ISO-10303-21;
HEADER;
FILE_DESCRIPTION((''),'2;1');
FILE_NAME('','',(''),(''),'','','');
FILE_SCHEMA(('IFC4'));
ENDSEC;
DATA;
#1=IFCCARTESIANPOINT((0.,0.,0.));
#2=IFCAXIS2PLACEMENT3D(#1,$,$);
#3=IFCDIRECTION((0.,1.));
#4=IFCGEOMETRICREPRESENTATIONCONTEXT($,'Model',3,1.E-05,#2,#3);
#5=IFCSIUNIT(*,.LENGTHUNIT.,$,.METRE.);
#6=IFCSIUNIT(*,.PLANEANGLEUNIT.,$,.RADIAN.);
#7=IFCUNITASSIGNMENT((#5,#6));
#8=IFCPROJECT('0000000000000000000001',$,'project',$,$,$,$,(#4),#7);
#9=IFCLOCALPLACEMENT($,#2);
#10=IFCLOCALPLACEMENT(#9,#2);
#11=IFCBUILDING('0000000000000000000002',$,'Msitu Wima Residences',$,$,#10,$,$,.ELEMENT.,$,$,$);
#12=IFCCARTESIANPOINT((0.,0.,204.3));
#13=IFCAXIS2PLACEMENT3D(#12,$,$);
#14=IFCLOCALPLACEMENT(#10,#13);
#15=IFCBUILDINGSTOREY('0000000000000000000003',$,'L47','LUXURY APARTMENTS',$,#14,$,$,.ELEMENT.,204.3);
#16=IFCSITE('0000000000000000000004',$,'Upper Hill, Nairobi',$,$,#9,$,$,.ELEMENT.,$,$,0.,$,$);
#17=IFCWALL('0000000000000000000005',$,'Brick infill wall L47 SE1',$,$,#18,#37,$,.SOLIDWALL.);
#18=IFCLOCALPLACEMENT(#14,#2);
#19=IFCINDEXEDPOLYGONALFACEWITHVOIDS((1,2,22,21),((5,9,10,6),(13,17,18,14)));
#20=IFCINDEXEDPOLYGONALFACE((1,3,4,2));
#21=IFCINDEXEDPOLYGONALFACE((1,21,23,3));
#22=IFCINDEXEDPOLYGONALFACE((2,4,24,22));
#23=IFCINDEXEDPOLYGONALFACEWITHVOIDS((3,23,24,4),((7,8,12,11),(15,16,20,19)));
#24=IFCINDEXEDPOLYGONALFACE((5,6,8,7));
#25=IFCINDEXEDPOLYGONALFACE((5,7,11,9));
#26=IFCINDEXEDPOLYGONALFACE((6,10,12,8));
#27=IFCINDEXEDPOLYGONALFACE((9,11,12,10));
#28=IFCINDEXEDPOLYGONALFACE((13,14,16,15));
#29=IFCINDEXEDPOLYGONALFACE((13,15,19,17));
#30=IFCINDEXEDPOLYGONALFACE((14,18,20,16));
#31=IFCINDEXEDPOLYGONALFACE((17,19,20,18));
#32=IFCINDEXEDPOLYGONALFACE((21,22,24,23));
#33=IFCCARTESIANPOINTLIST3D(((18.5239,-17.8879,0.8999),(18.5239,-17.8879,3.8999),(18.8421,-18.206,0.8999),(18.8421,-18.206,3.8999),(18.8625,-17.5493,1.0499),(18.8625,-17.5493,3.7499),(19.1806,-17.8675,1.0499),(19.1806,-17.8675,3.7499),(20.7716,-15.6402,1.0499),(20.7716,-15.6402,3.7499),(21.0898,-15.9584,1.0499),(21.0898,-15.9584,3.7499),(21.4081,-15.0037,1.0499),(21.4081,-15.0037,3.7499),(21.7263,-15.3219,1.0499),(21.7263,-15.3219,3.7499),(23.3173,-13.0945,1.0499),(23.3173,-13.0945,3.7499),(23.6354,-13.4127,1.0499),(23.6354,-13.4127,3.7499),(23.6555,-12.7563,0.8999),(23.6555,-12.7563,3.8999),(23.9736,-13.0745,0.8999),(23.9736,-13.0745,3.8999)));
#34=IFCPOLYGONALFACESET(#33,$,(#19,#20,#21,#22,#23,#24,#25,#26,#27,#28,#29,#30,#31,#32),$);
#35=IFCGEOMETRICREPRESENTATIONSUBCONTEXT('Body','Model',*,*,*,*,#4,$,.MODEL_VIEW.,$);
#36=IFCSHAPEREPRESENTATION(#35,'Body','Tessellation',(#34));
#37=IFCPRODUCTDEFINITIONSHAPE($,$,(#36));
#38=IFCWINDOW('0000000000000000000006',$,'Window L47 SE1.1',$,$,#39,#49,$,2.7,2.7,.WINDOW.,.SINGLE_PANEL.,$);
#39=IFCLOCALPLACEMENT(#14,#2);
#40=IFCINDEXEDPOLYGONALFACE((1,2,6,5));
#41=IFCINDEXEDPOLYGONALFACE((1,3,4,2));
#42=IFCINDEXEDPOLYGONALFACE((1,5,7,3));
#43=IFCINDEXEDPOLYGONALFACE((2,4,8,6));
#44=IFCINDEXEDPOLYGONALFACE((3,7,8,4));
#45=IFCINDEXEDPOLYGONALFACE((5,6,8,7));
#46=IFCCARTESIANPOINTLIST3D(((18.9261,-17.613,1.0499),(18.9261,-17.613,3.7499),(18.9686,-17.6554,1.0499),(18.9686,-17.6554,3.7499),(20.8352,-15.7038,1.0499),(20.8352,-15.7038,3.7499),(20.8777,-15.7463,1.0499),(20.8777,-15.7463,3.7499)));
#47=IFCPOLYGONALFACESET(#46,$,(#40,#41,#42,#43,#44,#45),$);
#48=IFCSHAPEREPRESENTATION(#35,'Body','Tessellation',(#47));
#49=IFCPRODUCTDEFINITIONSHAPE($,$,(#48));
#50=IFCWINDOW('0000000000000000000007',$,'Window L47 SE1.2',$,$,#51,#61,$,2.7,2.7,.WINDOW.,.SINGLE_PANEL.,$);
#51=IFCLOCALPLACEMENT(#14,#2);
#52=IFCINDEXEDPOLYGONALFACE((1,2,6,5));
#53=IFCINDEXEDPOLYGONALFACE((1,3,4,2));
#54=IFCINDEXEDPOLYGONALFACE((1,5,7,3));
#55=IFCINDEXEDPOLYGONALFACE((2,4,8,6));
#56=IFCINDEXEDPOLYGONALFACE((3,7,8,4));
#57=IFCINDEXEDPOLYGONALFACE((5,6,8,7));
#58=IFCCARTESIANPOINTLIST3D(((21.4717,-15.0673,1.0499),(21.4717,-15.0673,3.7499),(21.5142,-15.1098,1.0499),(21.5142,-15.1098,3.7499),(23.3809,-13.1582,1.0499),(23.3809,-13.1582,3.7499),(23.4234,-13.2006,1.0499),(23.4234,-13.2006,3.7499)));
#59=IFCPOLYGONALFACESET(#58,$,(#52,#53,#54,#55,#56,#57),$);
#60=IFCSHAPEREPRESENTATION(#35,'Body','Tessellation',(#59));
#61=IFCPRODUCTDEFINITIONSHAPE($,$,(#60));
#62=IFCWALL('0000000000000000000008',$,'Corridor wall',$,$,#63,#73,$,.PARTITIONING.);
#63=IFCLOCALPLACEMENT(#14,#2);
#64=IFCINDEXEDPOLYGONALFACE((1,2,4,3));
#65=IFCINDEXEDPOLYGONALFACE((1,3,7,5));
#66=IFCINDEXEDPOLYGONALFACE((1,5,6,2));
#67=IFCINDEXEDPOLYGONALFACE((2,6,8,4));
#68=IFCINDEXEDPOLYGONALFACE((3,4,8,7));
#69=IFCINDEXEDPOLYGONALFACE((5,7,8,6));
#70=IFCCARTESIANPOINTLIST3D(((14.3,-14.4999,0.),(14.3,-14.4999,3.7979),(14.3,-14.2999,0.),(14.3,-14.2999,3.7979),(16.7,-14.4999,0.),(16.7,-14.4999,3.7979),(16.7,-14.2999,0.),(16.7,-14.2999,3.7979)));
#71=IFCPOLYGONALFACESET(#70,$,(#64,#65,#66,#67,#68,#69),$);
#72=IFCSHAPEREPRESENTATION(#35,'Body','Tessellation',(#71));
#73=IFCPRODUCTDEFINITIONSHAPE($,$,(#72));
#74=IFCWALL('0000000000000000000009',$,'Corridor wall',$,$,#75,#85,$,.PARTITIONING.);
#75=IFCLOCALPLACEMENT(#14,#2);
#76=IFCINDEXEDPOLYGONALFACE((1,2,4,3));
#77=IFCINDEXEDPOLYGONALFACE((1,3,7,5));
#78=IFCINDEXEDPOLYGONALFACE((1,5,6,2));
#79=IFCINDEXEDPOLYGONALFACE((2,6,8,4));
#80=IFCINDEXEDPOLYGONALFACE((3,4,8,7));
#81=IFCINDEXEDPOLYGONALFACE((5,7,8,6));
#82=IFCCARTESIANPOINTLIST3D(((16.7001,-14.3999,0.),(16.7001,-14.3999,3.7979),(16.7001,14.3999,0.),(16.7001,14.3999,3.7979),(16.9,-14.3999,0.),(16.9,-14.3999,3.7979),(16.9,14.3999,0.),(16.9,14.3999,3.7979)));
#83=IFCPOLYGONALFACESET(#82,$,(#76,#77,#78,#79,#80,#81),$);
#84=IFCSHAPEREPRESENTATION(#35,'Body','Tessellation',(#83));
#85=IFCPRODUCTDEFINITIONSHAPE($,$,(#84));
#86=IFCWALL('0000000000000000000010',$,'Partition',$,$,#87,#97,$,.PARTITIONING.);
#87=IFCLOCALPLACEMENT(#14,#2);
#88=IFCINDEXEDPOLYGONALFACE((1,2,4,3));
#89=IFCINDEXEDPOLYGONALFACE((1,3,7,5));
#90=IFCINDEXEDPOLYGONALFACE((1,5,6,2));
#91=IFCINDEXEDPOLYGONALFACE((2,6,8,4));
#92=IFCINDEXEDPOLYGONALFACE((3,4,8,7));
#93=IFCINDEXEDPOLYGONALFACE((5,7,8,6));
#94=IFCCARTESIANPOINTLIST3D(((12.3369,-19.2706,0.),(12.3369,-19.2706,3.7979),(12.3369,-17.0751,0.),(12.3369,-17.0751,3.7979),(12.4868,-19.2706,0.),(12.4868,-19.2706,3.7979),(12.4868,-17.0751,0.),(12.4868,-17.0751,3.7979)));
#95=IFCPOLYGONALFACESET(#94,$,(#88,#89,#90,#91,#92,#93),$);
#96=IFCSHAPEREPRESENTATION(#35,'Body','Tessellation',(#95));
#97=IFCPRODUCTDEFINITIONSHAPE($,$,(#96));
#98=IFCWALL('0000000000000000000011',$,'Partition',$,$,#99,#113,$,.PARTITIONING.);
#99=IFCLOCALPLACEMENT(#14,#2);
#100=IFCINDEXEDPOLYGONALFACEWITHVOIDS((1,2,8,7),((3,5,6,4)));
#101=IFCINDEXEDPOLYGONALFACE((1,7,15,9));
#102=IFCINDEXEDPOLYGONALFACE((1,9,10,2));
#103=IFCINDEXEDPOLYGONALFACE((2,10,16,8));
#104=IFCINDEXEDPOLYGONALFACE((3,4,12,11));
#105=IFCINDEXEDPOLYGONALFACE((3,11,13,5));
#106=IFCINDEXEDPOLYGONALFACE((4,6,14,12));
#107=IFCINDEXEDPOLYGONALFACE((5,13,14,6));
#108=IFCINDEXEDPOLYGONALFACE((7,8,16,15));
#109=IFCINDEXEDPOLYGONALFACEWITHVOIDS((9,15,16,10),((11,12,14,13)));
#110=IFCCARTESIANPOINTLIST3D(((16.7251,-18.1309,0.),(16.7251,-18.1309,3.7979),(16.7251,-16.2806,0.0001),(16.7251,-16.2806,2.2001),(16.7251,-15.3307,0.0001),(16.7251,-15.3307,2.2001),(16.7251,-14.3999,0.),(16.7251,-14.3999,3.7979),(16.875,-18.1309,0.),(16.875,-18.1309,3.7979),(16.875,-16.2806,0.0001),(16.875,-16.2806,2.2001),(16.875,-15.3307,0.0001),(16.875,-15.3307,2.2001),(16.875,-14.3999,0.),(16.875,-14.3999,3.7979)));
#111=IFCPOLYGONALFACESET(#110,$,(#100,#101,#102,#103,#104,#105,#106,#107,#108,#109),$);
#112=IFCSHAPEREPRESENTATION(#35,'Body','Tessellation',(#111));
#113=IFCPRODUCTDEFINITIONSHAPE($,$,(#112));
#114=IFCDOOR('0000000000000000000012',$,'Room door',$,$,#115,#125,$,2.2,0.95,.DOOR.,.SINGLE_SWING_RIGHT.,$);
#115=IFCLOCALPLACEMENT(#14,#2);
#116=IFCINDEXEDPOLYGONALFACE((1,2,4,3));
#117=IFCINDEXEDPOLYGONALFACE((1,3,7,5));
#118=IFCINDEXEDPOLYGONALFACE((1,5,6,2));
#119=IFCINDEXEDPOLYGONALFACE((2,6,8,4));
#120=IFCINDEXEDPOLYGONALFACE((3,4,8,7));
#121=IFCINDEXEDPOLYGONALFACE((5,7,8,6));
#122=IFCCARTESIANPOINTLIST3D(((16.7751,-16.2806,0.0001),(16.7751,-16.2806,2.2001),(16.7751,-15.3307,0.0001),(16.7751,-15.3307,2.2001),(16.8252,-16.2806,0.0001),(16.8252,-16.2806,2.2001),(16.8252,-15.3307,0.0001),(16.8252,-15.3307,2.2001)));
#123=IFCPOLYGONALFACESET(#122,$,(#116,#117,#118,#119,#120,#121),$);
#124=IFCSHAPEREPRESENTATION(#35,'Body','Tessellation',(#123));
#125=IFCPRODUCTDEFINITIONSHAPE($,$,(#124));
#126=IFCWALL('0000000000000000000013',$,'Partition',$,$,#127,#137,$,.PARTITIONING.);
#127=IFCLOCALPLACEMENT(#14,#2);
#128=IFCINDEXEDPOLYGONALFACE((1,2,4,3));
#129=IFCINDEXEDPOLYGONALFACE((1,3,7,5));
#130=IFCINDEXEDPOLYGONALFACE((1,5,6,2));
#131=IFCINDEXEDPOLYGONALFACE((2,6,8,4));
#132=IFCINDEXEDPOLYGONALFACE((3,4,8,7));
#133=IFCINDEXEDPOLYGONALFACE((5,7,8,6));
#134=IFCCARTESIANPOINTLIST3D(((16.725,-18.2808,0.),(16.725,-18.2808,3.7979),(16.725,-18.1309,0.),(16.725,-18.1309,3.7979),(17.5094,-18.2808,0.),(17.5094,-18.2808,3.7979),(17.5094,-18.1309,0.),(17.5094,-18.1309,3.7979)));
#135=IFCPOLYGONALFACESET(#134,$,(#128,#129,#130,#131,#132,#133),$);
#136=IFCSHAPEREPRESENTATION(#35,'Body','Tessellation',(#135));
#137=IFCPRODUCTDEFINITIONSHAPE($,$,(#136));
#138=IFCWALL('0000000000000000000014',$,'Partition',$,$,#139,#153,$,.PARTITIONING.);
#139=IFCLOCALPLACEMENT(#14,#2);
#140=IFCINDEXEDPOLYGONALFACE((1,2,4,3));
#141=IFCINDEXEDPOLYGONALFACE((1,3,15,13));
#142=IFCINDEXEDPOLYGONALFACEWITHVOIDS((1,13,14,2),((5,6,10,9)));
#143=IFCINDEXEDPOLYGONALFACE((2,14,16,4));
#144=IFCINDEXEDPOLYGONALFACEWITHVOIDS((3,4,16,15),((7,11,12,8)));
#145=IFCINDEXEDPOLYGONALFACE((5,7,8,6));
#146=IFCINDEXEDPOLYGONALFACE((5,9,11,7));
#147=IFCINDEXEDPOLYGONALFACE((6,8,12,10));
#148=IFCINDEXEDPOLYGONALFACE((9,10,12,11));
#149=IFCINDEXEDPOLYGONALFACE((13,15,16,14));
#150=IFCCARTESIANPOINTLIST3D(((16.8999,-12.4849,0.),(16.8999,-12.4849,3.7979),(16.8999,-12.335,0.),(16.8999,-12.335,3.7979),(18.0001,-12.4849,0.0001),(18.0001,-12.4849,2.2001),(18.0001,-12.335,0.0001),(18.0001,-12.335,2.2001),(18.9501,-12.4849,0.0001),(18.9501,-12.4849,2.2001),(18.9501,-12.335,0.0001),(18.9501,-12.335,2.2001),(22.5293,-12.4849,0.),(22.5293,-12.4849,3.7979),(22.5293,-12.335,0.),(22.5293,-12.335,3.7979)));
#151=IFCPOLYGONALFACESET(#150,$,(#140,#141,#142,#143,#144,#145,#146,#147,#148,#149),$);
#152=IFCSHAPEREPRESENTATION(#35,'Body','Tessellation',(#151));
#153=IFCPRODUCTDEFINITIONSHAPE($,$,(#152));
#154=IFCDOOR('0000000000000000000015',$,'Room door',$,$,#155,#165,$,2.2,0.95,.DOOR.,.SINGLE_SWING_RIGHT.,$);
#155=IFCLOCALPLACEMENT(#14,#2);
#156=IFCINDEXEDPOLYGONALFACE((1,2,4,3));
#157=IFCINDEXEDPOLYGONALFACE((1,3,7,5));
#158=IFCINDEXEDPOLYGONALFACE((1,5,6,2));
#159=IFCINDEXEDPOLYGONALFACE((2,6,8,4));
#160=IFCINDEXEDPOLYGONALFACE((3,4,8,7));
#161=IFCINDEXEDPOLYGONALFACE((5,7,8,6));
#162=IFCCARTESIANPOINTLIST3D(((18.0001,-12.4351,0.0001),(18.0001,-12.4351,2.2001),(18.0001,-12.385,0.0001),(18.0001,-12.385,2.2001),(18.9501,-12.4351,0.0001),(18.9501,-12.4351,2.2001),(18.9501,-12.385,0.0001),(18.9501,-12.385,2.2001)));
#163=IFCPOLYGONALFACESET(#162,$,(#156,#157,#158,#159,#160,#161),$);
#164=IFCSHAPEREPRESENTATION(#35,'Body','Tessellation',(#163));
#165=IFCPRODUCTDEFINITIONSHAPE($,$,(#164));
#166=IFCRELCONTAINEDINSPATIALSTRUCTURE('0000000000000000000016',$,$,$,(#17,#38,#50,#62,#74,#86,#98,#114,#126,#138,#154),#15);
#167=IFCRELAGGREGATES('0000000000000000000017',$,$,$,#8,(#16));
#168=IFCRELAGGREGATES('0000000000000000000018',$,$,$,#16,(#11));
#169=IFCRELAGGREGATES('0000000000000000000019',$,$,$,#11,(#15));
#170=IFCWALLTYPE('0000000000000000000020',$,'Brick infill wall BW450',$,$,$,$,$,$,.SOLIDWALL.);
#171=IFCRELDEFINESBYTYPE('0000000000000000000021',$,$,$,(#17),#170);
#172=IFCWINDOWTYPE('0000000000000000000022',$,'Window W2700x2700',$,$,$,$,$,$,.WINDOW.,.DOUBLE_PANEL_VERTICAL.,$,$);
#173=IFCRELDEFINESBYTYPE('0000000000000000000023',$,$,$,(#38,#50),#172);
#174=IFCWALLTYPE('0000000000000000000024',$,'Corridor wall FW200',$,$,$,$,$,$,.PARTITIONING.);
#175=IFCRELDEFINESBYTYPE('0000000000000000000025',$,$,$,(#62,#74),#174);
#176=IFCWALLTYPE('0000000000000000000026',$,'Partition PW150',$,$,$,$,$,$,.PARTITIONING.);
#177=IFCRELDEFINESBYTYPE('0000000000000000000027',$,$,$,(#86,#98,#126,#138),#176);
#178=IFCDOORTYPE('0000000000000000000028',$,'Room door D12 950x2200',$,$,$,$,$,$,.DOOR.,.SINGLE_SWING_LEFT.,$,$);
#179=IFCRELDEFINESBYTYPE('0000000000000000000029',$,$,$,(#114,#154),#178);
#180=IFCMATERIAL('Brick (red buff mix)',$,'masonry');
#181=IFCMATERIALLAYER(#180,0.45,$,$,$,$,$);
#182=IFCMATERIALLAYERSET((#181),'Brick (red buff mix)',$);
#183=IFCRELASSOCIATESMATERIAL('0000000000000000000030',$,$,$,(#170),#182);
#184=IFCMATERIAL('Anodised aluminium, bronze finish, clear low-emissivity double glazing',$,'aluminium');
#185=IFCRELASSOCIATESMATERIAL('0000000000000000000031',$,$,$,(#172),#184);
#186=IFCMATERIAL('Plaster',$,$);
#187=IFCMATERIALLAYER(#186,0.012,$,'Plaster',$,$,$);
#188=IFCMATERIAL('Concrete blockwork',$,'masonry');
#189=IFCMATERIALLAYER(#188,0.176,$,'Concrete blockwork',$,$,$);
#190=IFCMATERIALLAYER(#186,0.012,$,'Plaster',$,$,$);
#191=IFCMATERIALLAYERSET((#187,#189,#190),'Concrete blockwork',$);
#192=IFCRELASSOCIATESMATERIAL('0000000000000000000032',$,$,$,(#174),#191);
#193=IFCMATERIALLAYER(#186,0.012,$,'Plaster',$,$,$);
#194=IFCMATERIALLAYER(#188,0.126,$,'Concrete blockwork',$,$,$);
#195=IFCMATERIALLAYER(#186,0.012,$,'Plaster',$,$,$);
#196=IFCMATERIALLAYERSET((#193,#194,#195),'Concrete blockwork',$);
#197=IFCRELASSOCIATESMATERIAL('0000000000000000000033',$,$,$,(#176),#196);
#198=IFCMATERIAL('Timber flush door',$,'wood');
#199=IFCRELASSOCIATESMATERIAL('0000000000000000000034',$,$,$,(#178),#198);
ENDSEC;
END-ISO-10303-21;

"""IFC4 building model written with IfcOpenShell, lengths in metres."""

from ifc_helpers import new_model, si_unit, direction, frame, frame_2d, origin, place, context, subcontext, project, spatial, rectangle, extrude, material, layer, layer_set, type_object, element, fill, save


model = new_model("IFC4")

# Units and contexts
model_context = context("Model", 3, precision=1e-05, world=origin(), true_north=direction((0.0, 1.0)))
body_context = subcontext(model_context, "Body", "Model", "MODEL_VIEW")
ifc_project = project(units=[si_unit("LENGTHUNIT", "METRE"), si_unit("PLANEANGLEUNIT", "RADIAN")], contexts=[model_context])

# Site, building, storey
site_placement = place(None, origin())
site = spatial("IfcSite", under=ifc_project, at=site_placement, Name="Upper Hill, Nairobi", CompositionType="ELEMENT", RefElevation=0.0)
building_placement = place(site_placement, origin())
building = spatial("IfcBuilding", under=site, at=building_placement, Name="Msitu Wima Residences", CompositionType="ELEMENT")
storey_placement = place(building_placement, frame((0.0, 0.0, 204.3)))
storey = spatial("IfcBuildingStorey", under=building, at=storey_placement, Name="L47", Description="LUXURY APARTMENTS", CompositionType="ELEMENT", Elevation=204.3)

# Shared definitions
ifc_material_1 = material(Name="Brick (red buff mix)", Category="masonry")
ifc_layer_1 = layer(ifc_material_1, 0.45)
ifc_layer_set_1 = layer_set([ifc_layer_1], Name="Brick (red buff mix)")
wall_type_1 = type_object("IfcWallType", Name="Brick infill wall BW450", PredefinedType="SOLIDWALL", material=ifc_layer_set_1)
ifc_material_2 = material(Name="Anodised aluminium, bronze finish, clear low-emissivity double glazing", Category="aluminium")
window_type = type_object("IfcWindowType", Name="Window W2700x2700", PartitioningType="DOUBLE_PANEL_VERTICAL", PredefinedType="WINDOW", material=ifc_material_2)

# Wall, openings, windows
wall_1_placement = place(storey_placement, frame((18.6831, -18.0469, 0.8999), z_axis=(0.0, 0.0, 1.0), x_axis=(0.707107, 0.707107, 0.0)))
wall_1 = element("IfcWall", 1, at=wall_1_placement, inside=storey, type_object=wall_type_1, Name="Brick infill wall L47 SE1", PredefinedType="SOLIDWALL", context=body_context, shape_type="SweptSolid", body=[
    extrude(rectangle(XDim=7.2571, YDim=0.45, at=frame_2d((3.6284, 0.0))), origin(), (0.0, 0.0, 1.0), 3.0),
])
opening_1_placement = place(wall_1_placement, frame((0.4785, 0.0, 0.1499)))
opening_1 = element("IfcOpeningElement", 2, at=opening_1_placement, cuts=wall_1, PredefinedType="OPENING", context=body_context, shape_type="SweptSolid", body=[
    extrude(rectangle(XDim=2.7, YDim=2.7, at=frame_2d((1.3501, 1.3501))), frame((0.0, 0.2349, 0.0), z_axis=(0.0, -1.0, 0.0), x_axis=(1.0, 0.0, 0.0)), (0.0, 0.0, 1.0), 0.47),
])
opening_2_placement = place(wall_1_placement, frame((4.0786, 0.0, 0.1499)))
opening_2 = element("IfcOpeningElement", 3, at=opening_2_placement, cuts=wall_1, PredefinedType="OPENING", context=body_context, shape_type="SweptSolid", body=[
    extrude(rectangle(XDim=2.7, YDim=2.7, at=frame_2d((1.3501, 1.3501))), frame((0.0, 0.2349, 0.0), z_axis=(0.0, -1.0, 0.0), x_axis=(1.0, 0.0, 0.0)), (0.0, 0.0, 1.0), 0.47),
])
window_1_placement = place(opening_1_placement, origin())
window_1 = element("IfcWindow", 4, at=window_1_placement, inside=storey, type_object=window_type, Name="Window L47 SE1.1", OverallHeight=2.7, OverallWidth=2.7, PartitioningType="SINGLE_PANEL", PredefinedType="WINDOW", context=body_context, shape_type="SweptSolid", body=[
    extrude(rectangle(XDim=2.7, YDim=2.7, at=frame_2d((1.3501, 1.3501))), frame((0.0, 0.135, 0.0), z_axis=(0.0, -1.0, 0.0), x_axis=(1.0, 0.0, 0.0)), (0.0, 0.0, 1.0), 0.0601),
])
fill(opening_1, window_1)
window_2_placement = place(opening_2_placement, origin())
window_2 = element("IfcWindow", 5, at=window_2_placement, inside=storey, type_object=window_type, Name="Window L47 SE1.2", OverallHeight=2.7, OverallWidth=2.7, PartitioningType="SINGLE_PANEL", PredefinedType="WINDOW", context=body_context, shape_type="SweptSolid", body=[
    extrude(rectangle(XDim=2.7, YDim=2.7, at=frame_2d((1.3501, 1.3501))), frame((0.0, 0.135, 0.0), z_axis=(0.0, -1.0, 0.0), x_axis=(1.0, 0.0, 0.0)), (0.0, 0.0, 1.0), 0.0601),
])
fill(opening_2, window_2)

# Shared definitions
ifc_material_3 = material(Name="Plaster")
ifc_layer_2 = layer(ifc_material_3, 0.012, Name="Plaster")
ifc_material_4 = material(Name="Concrete blockwork", Category="masonry")
ifc_layer_3 = layer(ifc_material_4, 0.176, Name="Concrete blockwork")
ifc_layer_4 = layer(ifc_material_3, 0.012, Name="Plaster")
ifc_layer_set_2 = layer_set([ifc_layer_2, ifc_layer_3, ifc_layer_4], Name="Concrete blockwork")
wall_type_2 = type_object("IfcWallType", Name="Corridor wall FW200", PredefinedType="PARTITIONING", material=ifc_layer_set_2)

# Walls
wall_2_placement = place(storey_placement, frame((14.3, -14.3999, 0.0), z_axis=(0.0, 0.0, 1.0), x_axis=(1.0, 0.0, 0.0)))
element("IfcWall", 6, at=wall_2_placement, inside=storey, type_object=wall_type_2, Name="Corridor wall", PredefinedType="PARTITIONING", context=body_context, shape_type="SweptSolid", body=[
    extrude(rectangle(XDim=2.3999, YDim=0.2, at=frame_2d((1.2, 0.0))), origin(), (0.0, 0.0, 1.0), 3.7979),
])
wall_3_placement = place(storey_placement, frame((16.8, -14.3999, 0.0), z_axis=(0.0, 0.0, 1.0), x_axis=(0.0, 1.0, 0.0)))
element("IfcWall", 7, at=wall_3_placement, inside=storey, type_object=wall_type_2, Name="Corridor wall", PredefinedType="PARTITIONING", context=body_context, shape_type="SweptSolid", body=[
    extrude(rectangle(XDim=28.7998, YDim=0.2, at=frame_2d((14.3999, 0.0))), origin(), (0.0, 0.0, 1.0), 3.7979),
])
ifc_layer_5 = layer(ifc_material_3, 0.012, Name="Plaster")
ifc_layer_6 = layer(ifc_material_4, 0.126, Name="Concrete blockwork")
ifc_layer_7 = layer(ifc_material_3, 0.012, Name="Plaster")
ifc_layer_set_3 = layer_set([ifc_layer_5, ifc_layer_6, ifc_layer_7], Name="Concrete blockwork")
wall_type_3 = type_object("IfcWallType", Name="Partition PW150", PredefinedType="PARTITIONING", material=ifc_layer_set_3)
wall_4_placement = place(storey_placement, frame((12.4119, -19.2705, 0.0), z_axis=(0.0, 0.0, 1.0), x_axis=(0.0, 1.0, 0.0)))
element("IfcWall", 8, at=wall_4_placement, inside=storey, type_object=wall_type_3, Name="Partition", PredefinedType="PARTITIONING", context=body_context, shape_type="SweptSolid", body=[
    extrude(rectangle(XDim=2.1956, YDim=0.1499, at=frame_2d((1.0977, 0.0))), origin(), (0.0, 0.0, 1.0), 3.7979),
])

# Wall, opening, door
wall_5_placement = place(storey_placement, frame((16.8, -18.1309, 0.0), z_axis=(0.0, 0.0, 1.0), x_axis=(0.0, 1.0, 0.0)))
wall_5 = element("IfcWall", 9, at=wall_5_placement, inside=storey, type_object=wall_type_3, Name="Partition", PredefinedType="PARTITIONING", context=body_context, shape_type="SweptSolid", body=[
    extrude(rectangle(XDim=3.731, YDim=0.1499, at=frame_2d((1.8655, 0.0))), origin(), (0.0, 0.0, 1.0), 3.7979),
])
opening_3_placement = place(wall_5_placement, frame((1.8501, 0.0, 0.0)))
opening_3 = element("IfcOpeningElement", 10, at=opening_3_placement, cuts=wall_5, PredefinedType="OPENING", context=body_context, shape_type="SweptSolid", body=[
    extrude(rectangle(XDim=0.95, YDim=2.2, at=frame_2d((0.4751, 1.1001))), frame((0.0, 0.085, 0.0), z_axis=(0.0, -1.0, 0.0), x_axis=(1.0, 0.0, 0.0)), (0.0, 0.0, 1.0), 0.1699),
])
ifc_material_5 = material(Name="Timber flush door", Category="wood")
door_type_1 = type_object("IfcDoorType", Name="Room door D12 950x2200", OperationType="SINGLE_SWING_LEFT", PredefinedType="DOOR", material=ifc_material_5)
door_1_placement = place(opening_3_placement, origin())
door_1 = element("IfcDoor", 11, at=door_1_placement, inside=storey, type_object=door_type_1, Name="Room door", OperationType="SINGLE_SWING_RIGHT", OverallHeight=2.2, OverallWidth=0.95, PredefinedType="DOOR", context=body_context, shape_type="SweptSolid", body=[
    extrude(rectangle(XDim=0.95, YDim=2.2, at=frame_2d((0.4751, 1.1001))), frame((0.0, 0.0249, 0.0), z_axis=(0.0, -1.0, 0.0), x_axis=(1.0, 0.0, 0.0)), (0.0, 0.0, 1.0), 0.05),
])
fill(opening_3, door_1)

# Wall
wall_6_placement = place(storey_placement, frame((16.7251, -18.2058, 0.0), z_axis=(0.0, 0.0, 1.0), x_axis=(1.0, 0.0, 0.0)))
element("IfcWall", 12, at=wall_6_placement, inside=storey, type_object=wall_type_3, Name="Partition", PredefinedType="PARTITIONING", context=body_context, shape_type="SweptSolid", body=[
    extrude(rectangle(XDim=0.7844, YDim=0.1499, at=frame_2d((0.3921, 0.0))), origin(), (0.0, 0.0, 1.0), 3.7979),
])

# Wall, opening, door
wall_7_placement = place(storey_placement, frame((16.8999, -12.4099, 0.0), z_axis=(0.0, 0.0, 1.0), x_axis=(1.0, 0.0, 0.0)))
wall_7 = element("IfcWall", 13, at=wall_7_placement, inside=storey, type_object=wall_type_3, Name="Partition", PredefinedType="PARTITIONING", context=body_context, shape_type="SweptSolid", body=[
    extrude(rectangle(XDim=5.6294, YDim=0.1499, at=frame_2d((2.8147, 0.0))), origin(), (0.0, 0.0, 1.0), 3.7979),
])
opening_4_placement = place(wall_7_placement, frame((1.1001, 0.0, 0.0)))
opening_4 = element("IfcOpeningElement", 14, at=opening_4_placement, cuts=wall_7, PredefinedType="OPENING", context=body_context, shape_type="SweptSolid", body=[
    extrude(rectangle(XDim=0.95, YDim=2.2, at=frame_2d((0.4751, 1.1001))), frame((0.0, 0.085, 0.0), z_axis=(0.0, -1.0, 0.0), x_axis=(1.0, 0.0, 0.0)), (0.0, 0.0, 1.0), 0.1699),
])
door_2_placement = place(opening_4_placement, origin())
door_2 = element("IfcDoor", 15, at=door_2_placement, inside=storey, type_object=door_type_1, Name="Room door", OperationType="SINGLE_SWING_RIGHT", OverallHeight=2.2, OverallWidth=0.95, PredefinedType="DOOR", context=body_context, shape_type="SweptSolid", body=[
    extrude(rectangle(XDim=0.95, YDim=2.2, at=frame_2d((0.4751, 1.1001))), frame((0.0, 0.0249, 0.0), z_axis=(0.0, -1.0, 0.0), x_axis=(1.0, 0.0, 0.0)), (0.0, 0.0, 1.0), 0.05),
])
fill(opening_4, door_2)

save(model, "model.ifc")
